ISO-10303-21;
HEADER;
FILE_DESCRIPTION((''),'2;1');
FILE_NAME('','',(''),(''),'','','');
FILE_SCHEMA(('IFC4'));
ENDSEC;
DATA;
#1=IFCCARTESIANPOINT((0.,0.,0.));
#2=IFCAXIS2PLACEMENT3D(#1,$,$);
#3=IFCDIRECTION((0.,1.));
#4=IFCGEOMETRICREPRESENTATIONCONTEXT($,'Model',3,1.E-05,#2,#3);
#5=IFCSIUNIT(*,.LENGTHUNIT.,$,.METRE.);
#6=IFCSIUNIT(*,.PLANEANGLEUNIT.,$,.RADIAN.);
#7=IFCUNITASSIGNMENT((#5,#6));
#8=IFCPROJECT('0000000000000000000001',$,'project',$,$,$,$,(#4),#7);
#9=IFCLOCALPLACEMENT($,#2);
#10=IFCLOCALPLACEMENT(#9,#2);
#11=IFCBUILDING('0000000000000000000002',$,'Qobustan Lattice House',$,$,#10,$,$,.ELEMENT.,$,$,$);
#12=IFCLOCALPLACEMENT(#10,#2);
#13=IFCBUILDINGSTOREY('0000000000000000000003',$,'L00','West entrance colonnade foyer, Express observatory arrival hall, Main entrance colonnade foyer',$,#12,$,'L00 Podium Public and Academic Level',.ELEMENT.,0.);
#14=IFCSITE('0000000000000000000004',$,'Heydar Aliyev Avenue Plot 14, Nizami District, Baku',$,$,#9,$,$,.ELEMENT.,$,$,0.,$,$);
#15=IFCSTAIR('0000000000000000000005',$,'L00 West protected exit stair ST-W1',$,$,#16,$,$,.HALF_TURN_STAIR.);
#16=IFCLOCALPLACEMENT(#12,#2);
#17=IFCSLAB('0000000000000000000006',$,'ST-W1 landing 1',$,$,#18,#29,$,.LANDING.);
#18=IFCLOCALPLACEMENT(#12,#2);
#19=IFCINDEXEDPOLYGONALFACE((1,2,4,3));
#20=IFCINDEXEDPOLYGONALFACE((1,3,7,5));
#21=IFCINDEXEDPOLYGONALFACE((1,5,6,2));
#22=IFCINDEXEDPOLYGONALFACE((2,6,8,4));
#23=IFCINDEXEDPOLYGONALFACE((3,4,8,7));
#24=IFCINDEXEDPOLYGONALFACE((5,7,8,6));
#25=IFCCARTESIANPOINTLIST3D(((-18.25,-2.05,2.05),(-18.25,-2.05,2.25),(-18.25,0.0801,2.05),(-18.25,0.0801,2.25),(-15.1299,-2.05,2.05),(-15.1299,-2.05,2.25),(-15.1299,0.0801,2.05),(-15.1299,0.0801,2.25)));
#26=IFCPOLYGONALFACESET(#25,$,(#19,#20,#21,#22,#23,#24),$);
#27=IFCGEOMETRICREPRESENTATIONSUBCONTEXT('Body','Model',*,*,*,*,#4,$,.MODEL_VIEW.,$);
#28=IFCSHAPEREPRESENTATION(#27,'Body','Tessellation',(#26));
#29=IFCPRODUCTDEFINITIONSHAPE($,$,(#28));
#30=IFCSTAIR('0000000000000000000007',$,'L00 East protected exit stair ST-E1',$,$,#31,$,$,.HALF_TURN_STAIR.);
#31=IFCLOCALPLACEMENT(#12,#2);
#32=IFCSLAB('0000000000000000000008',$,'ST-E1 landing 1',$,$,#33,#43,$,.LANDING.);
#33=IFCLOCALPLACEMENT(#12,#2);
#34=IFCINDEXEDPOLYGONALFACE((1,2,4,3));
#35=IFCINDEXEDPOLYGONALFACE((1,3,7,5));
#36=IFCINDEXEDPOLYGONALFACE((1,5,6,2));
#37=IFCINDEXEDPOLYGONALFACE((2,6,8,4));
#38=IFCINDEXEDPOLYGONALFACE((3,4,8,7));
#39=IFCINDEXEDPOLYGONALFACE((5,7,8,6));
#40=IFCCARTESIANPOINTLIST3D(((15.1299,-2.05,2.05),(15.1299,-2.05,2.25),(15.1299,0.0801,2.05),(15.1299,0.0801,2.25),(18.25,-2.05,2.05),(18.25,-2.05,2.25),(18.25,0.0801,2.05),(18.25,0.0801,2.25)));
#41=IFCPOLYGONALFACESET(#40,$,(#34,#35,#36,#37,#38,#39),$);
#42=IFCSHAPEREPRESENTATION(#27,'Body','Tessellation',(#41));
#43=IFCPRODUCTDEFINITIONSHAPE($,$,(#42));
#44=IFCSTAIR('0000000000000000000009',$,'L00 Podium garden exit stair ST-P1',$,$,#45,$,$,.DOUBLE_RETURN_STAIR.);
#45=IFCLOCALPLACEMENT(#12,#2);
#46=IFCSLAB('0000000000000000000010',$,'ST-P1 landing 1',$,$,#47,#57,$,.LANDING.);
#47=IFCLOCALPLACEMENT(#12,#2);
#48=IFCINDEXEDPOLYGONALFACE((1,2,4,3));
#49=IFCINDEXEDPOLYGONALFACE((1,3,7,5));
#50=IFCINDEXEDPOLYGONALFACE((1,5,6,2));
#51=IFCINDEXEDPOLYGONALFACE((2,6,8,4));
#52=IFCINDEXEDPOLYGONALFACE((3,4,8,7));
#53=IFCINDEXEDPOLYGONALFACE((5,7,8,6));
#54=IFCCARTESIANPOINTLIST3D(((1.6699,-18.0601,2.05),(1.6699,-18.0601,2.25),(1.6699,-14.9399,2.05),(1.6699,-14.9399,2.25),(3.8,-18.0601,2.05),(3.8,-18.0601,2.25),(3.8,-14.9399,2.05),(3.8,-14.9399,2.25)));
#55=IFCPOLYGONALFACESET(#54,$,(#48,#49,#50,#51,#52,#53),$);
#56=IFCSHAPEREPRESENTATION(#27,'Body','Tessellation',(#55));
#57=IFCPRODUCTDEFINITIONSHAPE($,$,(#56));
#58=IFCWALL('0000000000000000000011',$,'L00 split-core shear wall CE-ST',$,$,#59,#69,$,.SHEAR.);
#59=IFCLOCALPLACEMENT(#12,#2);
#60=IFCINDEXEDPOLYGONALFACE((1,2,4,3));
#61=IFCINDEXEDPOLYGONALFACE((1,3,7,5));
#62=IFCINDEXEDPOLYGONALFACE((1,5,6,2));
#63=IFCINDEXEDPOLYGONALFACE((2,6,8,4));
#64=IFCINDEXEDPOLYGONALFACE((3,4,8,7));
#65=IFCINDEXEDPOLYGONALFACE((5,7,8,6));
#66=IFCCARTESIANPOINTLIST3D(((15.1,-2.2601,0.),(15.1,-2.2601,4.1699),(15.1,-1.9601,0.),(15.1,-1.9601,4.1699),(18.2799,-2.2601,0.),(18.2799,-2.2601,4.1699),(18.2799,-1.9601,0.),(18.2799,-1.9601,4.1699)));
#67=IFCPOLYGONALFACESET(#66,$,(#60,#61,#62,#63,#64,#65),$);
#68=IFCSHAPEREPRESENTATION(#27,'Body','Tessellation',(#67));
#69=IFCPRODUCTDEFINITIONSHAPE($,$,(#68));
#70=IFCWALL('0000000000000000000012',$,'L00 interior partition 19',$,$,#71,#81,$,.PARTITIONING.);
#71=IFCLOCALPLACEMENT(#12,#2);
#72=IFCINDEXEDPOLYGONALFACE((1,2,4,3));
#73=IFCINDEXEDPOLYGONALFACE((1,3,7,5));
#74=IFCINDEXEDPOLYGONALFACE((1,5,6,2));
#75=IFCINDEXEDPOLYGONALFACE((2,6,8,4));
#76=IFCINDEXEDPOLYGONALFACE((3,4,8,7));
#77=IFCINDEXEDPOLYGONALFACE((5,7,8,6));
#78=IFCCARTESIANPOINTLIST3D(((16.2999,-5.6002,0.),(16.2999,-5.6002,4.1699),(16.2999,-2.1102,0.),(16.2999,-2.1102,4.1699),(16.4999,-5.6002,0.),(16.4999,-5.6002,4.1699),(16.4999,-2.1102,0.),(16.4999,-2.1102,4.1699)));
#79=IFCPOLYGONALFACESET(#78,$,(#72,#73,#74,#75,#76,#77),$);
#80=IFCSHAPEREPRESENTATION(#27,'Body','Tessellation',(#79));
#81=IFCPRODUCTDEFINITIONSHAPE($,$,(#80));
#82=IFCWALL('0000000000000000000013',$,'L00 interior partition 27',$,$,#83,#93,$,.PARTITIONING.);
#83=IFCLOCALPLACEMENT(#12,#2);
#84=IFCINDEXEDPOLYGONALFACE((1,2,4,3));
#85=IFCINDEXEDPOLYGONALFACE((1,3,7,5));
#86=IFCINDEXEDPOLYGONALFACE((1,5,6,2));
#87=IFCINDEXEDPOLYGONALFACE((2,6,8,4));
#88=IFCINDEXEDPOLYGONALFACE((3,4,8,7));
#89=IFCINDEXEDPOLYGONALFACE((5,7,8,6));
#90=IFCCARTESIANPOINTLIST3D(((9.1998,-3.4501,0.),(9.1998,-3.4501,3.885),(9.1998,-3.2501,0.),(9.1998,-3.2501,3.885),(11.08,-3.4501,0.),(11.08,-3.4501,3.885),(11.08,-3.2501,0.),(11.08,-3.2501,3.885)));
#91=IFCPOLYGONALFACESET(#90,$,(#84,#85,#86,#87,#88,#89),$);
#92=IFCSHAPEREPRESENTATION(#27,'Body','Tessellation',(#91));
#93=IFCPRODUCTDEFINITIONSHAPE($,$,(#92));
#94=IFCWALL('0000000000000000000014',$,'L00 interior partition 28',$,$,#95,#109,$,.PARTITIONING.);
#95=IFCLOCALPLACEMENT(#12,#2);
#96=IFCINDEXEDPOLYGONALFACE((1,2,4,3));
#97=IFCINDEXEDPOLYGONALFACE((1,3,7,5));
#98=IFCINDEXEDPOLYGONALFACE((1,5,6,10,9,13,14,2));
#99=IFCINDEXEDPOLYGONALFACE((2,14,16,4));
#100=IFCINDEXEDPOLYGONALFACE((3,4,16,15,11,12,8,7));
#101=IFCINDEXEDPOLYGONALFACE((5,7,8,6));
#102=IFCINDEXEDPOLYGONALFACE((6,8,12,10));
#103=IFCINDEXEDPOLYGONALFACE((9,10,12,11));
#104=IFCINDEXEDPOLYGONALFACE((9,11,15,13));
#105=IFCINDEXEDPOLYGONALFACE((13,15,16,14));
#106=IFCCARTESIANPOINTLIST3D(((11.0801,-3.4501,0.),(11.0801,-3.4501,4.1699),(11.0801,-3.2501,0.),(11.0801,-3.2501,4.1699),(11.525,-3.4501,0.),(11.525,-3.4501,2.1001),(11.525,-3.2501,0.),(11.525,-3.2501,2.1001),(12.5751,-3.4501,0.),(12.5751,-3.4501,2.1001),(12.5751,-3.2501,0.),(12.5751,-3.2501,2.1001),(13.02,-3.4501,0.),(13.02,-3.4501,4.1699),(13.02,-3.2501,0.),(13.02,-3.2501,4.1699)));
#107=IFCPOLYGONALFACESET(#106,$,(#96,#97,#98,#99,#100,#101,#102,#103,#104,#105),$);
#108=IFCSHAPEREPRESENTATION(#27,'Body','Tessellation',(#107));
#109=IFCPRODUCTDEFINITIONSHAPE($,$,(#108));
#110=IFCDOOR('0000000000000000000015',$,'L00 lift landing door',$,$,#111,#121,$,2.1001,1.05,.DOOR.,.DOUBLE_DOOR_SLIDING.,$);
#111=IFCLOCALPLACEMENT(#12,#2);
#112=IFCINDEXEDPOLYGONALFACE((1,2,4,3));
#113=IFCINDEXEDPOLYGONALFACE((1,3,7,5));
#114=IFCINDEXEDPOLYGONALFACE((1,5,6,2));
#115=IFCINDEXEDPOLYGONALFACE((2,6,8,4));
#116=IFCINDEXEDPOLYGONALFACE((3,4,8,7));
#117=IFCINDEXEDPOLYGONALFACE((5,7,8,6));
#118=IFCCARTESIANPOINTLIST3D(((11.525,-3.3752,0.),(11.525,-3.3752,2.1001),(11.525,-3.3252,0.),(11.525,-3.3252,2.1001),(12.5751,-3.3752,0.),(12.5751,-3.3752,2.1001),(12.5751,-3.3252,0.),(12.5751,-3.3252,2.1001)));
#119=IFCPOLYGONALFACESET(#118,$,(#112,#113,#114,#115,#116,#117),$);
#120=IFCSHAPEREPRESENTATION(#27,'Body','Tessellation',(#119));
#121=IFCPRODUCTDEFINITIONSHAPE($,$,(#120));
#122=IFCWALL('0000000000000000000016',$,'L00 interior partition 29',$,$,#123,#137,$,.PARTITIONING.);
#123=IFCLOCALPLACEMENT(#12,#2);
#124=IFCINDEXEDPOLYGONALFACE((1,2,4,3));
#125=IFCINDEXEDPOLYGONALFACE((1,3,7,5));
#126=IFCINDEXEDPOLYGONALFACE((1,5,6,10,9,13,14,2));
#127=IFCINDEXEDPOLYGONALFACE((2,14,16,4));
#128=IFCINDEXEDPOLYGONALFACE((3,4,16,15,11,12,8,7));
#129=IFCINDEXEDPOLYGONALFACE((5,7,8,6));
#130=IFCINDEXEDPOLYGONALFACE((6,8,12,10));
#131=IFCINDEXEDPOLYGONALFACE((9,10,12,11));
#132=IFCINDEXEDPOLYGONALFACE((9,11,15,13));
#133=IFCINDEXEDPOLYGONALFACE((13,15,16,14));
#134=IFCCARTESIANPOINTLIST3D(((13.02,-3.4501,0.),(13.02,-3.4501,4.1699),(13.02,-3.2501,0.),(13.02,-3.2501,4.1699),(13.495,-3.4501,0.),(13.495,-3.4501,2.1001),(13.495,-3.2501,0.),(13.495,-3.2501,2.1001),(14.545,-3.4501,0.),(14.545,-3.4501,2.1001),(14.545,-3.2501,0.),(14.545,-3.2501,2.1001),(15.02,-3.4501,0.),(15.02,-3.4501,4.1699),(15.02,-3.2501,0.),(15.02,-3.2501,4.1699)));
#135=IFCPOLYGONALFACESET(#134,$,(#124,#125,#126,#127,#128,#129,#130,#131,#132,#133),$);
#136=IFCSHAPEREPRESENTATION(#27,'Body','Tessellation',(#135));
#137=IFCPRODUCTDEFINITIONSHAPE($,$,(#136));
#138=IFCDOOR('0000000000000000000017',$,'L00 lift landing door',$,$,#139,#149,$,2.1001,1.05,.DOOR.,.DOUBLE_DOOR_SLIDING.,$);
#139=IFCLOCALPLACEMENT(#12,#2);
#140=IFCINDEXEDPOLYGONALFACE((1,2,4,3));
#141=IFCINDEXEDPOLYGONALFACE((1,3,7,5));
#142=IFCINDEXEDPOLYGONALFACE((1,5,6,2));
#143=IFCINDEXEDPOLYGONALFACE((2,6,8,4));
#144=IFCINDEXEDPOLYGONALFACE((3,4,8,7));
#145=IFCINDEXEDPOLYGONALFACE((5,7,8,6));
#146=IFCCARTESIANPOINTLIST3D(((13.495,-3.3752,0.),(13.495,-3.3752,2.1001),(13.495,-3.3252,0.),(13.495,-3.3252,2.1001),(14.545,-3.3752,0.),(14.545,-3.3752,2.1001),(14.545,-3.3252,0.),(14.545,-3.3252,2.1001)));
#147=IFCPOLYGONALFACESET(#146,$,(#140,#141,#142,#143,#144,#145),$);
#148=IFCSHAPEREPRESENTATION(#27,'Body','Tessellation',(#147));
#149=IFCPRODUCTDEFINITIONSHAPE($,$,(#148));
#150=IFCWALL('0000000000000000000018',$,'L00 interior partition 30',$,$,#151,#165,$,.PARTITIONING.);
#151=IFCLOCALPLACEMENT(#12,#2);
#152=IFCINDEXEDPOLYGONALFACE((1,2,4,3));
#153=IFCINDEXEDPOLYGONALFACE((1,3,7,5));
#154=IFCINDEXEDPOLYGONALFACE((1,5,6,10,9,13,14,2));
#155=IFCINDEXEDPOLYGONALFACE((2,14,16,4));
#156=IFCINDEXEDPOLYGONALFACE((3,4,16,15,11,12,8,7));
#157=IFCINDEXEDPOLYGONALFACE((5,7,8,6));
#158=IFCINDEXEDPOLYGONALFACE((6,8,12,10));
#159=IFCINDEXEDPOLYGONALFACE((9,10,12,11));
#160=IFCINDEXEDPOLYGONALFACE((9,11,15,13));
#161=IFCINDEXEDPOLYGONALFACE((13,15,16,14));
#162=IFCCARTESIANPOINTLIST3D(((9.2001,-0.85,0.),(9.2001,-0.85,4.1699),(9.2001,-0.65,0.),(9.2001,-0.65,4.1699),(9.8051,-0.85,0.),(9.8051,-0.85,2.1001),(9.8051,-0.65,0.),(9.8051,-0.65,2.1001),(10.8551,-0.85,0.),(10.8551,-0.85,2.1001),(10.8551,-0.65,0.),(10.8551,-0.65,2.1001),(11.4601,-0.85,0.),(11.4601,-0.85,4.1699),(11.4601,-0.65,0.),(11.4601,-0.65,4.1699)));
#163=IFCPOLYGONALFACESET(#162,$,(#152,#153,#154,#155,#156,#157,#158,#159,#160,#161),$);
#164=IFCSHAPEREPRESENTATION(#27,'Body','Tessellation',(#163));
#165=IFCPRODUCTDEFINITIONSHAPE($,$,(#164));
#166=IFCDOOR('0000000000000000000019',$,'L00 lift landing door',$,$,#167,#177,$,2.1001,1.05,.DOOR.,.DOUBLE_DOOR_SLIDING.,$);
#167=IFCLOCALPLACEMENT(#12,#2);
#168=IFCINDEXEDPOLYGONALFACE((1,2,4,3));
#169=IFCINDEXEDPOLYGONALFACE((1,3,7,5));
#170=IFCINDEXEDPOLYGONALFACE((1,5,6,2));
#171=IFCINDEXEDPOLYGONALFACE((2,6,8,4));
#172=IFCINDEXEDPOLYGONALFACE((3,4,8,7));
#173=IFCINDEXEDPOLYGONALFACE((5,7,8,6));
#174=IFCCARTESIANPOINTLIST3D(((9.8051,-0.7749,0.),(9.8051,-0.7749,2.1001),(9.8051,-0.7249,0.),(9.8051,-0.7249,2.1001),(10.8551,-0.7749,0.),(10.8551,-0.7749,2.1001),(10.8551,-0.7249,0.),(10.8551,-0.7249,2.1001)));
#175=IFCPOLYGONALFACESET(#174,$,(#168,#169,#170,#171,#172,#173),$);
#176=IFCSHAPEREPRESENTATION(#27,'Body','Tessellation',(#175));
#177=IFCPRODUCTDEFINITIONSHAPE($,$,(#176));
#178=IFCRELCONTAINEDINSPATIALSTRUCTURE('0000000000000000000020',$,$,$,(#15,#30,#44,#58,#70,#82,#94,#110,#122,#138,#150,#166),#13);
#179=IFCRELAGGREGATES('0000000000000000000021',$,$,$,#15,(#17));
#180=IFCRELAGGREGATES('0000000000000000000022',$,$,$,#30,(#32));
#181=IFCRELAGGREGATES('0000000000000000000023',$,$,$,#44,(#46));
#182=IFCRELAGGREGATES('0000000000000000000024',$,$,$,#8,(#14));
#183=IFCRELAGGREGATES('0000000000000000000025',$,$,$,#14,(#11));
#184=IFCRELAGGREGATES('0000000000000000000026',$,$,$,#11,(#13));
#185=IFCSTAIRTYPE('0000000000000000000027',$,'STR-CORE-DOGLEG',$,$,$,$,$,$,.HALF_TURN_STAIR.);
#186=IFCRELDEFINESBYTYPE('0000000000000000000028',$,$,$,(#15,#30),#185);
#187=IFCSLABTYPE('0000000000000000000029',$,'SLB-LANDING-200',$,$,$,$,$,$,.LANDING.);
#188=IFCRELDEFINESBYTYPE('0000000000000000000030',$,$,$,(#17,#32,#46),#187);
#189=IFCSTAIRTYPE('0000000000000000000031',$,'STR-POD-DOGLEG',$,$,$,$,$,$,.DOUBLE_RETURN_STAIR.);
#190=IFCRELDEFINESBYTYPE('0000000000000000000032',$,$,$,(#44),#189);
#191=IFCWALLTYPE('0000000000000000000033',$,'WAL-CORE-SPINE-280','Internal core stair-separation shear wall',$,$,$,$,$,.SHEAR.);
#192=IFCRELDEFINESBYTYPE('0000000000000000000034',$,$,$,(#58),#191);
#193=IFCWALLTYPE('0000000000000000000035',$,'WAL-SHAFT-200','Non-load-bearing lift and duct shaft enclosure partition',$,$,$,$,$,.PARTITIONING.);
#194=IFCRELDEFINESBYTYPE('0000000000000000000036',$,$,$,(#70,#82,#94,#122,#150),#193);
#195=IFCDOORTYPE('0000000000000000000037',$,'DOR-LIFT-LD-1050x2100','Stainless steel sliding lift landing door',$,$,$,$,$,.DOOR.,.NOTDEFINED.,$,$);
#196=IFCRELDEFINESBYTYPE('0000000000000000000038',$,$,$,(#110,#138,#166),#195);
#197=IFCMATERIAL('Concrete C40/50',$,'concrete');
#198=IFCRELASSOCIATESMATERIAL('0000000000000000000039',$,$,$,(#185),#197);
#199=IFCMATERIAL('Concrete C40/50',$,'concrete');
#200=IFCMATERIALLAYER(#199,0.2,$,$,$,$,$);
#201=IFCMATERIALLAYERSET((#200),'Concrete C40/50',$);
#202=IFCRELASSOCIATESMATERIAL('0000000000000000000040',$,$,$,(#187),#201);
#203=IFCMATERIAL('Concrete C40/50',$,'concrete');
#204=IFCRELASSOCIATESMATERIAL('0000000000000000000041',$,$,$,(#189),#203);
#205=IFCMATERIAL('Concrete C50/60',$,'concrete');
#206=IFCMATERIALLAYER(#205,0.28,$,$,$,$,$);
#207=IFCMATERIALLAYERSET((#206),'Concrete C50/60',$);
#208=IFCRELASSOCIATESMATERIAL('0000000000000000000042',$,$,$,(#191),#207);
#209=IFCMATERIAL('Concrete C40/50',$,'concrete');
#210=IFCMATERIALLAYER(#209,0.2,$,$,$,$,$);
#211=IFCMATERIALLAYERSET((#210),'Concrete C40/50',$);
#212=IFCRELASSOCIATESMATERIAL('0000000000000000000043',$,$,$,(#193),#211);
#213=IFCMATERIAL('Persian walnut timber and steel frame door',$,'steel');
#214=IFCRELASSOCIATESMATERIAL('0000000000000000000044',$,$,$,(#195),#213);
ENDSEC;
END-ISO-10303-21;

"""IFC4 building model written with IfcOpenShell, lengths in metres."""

from ifc_helpers import new_model, si_unit, direction, frame, frame_2d, origin, place, context, subcontext, project, spatial, polyline, rectangle, outline, extrude, material, layer, layer_set, type_object, element, fill, aggregate, save


model = new_model("IFC4")

# Units and contexts
model_context = context("Model", 3, precision=1e-05, world=origin(), true_north=direction((0.0, 1.0)))
body_context = subcontext(model_context, "Body", "Model", "MODEL_VIEW")
ifc_project = project(units=[si_unit("LENGTHUNIT", "METRE"), si_unit("PLANEANGLEUNIT", "RADIAN")], contexts=[model_context])

# Site, building, storey
site_placement = place(None, origin())
site = spatial("IfcSite", under=ifc_project, at=site_placement, Name="Heydar Aliyev Avenue Plot 14, Nizami District, Baku", CompositionType="ELEMENT", RefElevation=0.0)
building_placement = place(site_placement, origin())
building = spatial("IfcBuilding", under=site, at=building_placement, Name="Qobustan Lattice House", CompositionType="ELEMENT")
storey_placement = place(building_placement, origin())
storey = spatial("IfcBuildingStorey", under=building, at=storey_placement, Name="L00", Description="West entrance colonnade foyer, Express observatory arrival hall, Main entrance colonnade foyer", LongName="L00 Podium Public and Academic Level", CompositionType="ELEMENT", Elevation=0.0)

# Stairs, slabs
ifc_material_1 = material(Name="Concrete C40/50", Category="concrete")
stair_type_1 = type_object("IfcStairType", Name="STR-CORE-DOGLEG", PredefinedType="HALF_TURN_STAIR", material=ifc_material_1)
stair_1_placement = place(storey_placement, origin())
stair_1 = element("IfcStair", 1, at=stair_1_placement, inside=storey, type_object=stair_type_1, Name="L00 West protected exit stair ST-W1", PredefinedType="HALF_TURN_STAIR")
ifc_material_2 = material(Name="Concrete C40/50", Category="concrete")
ifc_layer_1 = layer(ifc_material_2, 0.2)
ifc_layer_set_1 = layer_set([ifc_layer_1], Name="Concrete C40/50")
slab_type = type_object("IfcSlabType", Name="SLB-LANDING-200", PredefinedType="LANDING", material=ifc_layer_set_1)
slab_1_placement = place(storey_placement, frame((0.0, 0.0, 2.05)))
slab_1 = element("IfcSlab", 2, at=slab_1_placement, type_object=slab_type, Name="ST-W1 landing 1", PredefinedType="LANDING", context=body_context, shape_type="SweptSolid", body=[
    extrude(outline(polyline([(-18.25, 0.0801), (-18.25, -2.05), (-15.1299, -2.05), (-15.1299, 0.0801), (-18.25, 0.0801)])), origin(), (0.0, 0.0, 1.0), 0.2),
])
aggregate(stair_1, [slab_1])
stair_2_placement = place(storey_placement, origin())
stair_2 = element("IfcStair", 3, at=stair_2_placement, inside=storey, type_object=stair_type_1, Name="L00 East protected exit stair ST-E1", PredefinedType="HALF_TURN_STAIR")
slab_2_placement = place(storey_placement, frame((0.0, 0.0, 2.05)))
slab_2 = element("IfcSlab", 4, at=slab_2_placement, type_object=slab_type, Name="ST-E1 landing 1", PredefinedType="LANDING", context=body_context, shape_type="SweptSolid", body=[
    extrude(outline(polyline([(15.1299, 0.0801), (15.1299, -2.05), (18.25, -2.05), (18.25, 0.0801), (15.1299, 0.0801)])), origin(), (0.0, 0.0, 1.0), 0.2),
])
aggregate(stair_2, [slab_2])
ifc_material_3 = material(Name="Concrete C40/50", Category="concrete")
stair_type_2 = type_object("IfcStairType", Name="STR-POD-DOGLEG", PredefinedType="DOUBLE_RETURN_STAIR", material=ifc_material_3)
stair_3_placement = place(storey_placement, origin())
stair_3 = element("IfcStair", 5, at=stair_3_placement, inside=storey, type_object=stair_type_2, Name="L00 Podium garden exit stair ST-P1", PredefinedType="DOUBLE_RETURN_STAIR")
slab_3_placement = place(storey_placement, frame((0.0, 0.0, 2.05)))
slab_3 = element("IfcSlab", 6, at=slab_3_placement, type_object=slab_type, Name="ST-P1 landing 1", PredefinedType="LANDING", context=body_context, shape_type="SweptSolid", body=[
    extrude(outline(polyline([(1.6699, -18.0601), (3.8, -18.0601), (3.8, -14.9399), (1.6699, -14.9399), (1.6699, -18.0601)])), origin(), (0.0, 0.0, 1.0), 0.2),
])
aggregate(stair_3, [slab_3])

# Walls
ifc_material_4 = material(Name="Concrete C50/60", Category="concrete")
ifc_layer_2 = layer(ifc_material_4, 0.28)
ifc_layer_set_2 = layer_set([ifc_layer_2], Name="Concrete C50/60")
wall_type_1 = type_object("IfcWallType", Name="WAL-CORE-SPINE-280", Description="Internal core stair-separation shear wall", PredefinedType="SHEAR", material=ifc_layer_set_2)
wall_1_placement = place(storey_placement, frame((15.1001, -2.1101, 0.0), z_axis=(0.0, 0.0, 1.0), x_axis=(1.0, 0.0, 0.0)))
element("IfcWall", 7, at=wall_1_placement, inside=storey, type_object=wall_type_1, Name="L00 split-core shear wall CE-ST", PredefinedType="SHEAR", context=body_context, shape_type="SweptSolid", body=[
    extrude(rectangle(XDim=3.1799, YDim=0.3, at=frame_2d((1.5898, 0.0))), origin(), (0.0, 0.0, 1.0), 4.1699),
])
ifc_material_5 = material(Name="Concrete C40/50", Category="concrete")
ifc_layer_3 = layer(ifc_material_5, 0.2)
ifc_layer_set_3 = layer_set([ifc_layer_3], Name="Concrete C40/50")
wall_type_2 = type_object("IfcWallType", Name="WAL-SHAFT-200", Description="Non-load-bearing lift and duct shaft enclosure partition", PredefinedType="PARTITIONING", material=ifc_layer_set_3)
wall_2_placement = place(storey_placement, frame((16.3999, -2.1101, 0.0), z_axis=(0.0, 0.0, 1.0), x_axis=(0.0, -1.0, 0.0)))
element("IfcWall", 8, at=wall_2_placement, inside=storey, type_object=wall_type_2, Name="L00 interior partition 19", PredefinedType="PARTITIONING", context=body_context, shape_type="SweptSolid", body=[
    extrude(rectangle(XDim=3.49, YDim=0.2, at=frame_2d((1.7451, 0.0))), origin(), (0.0, 0.0, 1.0), 4.1699),
])
wall_3_placement = place(storey_placement, frame((9.2, -3.3501, 0.0), z_axis=(0.0, 0.0, 1.0), x_axis=(1.0, 0.0, 0.0)))
element("IfcWall", 9, at=wall_3_placement, inside=storey, type_object=wall_type_2, Name="L00 interior partition 27", PredefinedType="PARTITIONING", context=body_context, shape_type="SweptSolid", body=[
    extrude(rectangle(XDim=1.8801, YDim=0.2, at=frame_2d((0.9399, 0.0))), origin(), (0.0, 0.0, 1.0), 3.885),
])

# Walls, openings, doors
wall_4_placement = place(storey_placement, frame((11.0801, -3.3501, 0.0), z_axis=(0.0, 0.0, 1.0), x_axis=(1.0, 0.0, 0.0)))
wall_4 = element("IfcWall", 10, at=wall_4_placement, inside=storey, type_object=wall_type_2, Name="L00 interior partition 28", PredefinedType="PARTITIONING", context=body_context, shape_type="SweptSolid", body=[
    extrude(rectangle(XDim=1.9399, YDim=0.2, at=frame_2d((0.97, 0.0))), origin(), (0.0, 0.0, 1.0), 4.1699),
])
opening_1_placement = place(wall_4_placement, frame((0.4451, 0.0, 0.0)))
opening_1 = element("IfcOpeningElement", 11, at=opening_1_placement, cuts=wall_4, PredefinedType="OPENING", context=body_context, shape_type="SweptSolid", body=[
    extrude(rectangle(XDim=1.05, YDim=2.1001, at=frame_2d((0.5249, 1.05))), frame((0.0, 0.1099, 0.0), z_axis=(0.0, -1.0, 0.0), x_axis=(1.0, 0.0, 0.0)), (0.0, 0.0, 1.0), 0.22),
])
ifc_material_6 = material(Name="Persian walnut timber and steel frame door", Category="steel")
door_type = type_object("IfcDoorType", Name="DOR-LIFT-LD-1050x2100", Description="Stainless steel sliding lift landing door", OperationType="NOTDEFINED", PredefinedType="DOOR", material=ifc_material_6)
door_1_placement = place(opening_1_placement, origin())
door_1 = element("IfcDoor", 12, at=door_1_placement, inside=storey, type_object=door_type, Name="L00 lift landing door", OperationType="DOUBLE_DOOR_SLIDING", OverallHeight=2.1001, OverallWidth=1.05, PredefinedType="DOOR", context=body_context, shape_type="SweptSolid", body=[
    extrude(rectangle(XDim=1.05, YDim=2.1001, at=frame_2d((0.5249, 1.05))), frame((0.0, 0.0249, 0.0), z_axis=(0.0, -1.0, 0.0), x_axis=(1.0, 0.0, 0.0)), (0.0, 0.0, 1.0), 0.05),
])
fill(opening_1, door_1)
wall_5_placement = place(storey_placement, frame((13.02, -3.3501, 0.0), z_axis=(0.0, 0.0, 1.0), x_axis=(1.0, 0.0, 0.0)))
wall_5 = element("IfcWall", 13, at=wall_5_placement, inside=storey, type_object=wall_type_2, Name="L00 interior partition 29", PredefinedType="PARTITIONING", context=body_context, shape_type="SweptSolid", body=[
    extrude(rectangle(XDim=2.0, YDim=0.2, at=frame_2d((1.0, 0.0))), origin(), (0.0, 0.0, 1.0), 4.1699),
])
opening_2_placement = place(wall_5_placement, frame((0.4751, 0.0, 0.0)))
opening_2 = element("IfcOpeningElement", 14, at=opening_2_placement, cuts=wall_5, PredefinedType="OPENING", context=body_context, shape_type="SweptSolid", body=[
    extrude(rectangle(XDim=1.05, YDim=2.1001, at=frame_2d((0.5249, 1.05))), frame((0.0, 0.1099, 0.0), z_axis=(0.0, -1.0, 0.0), x_axis=(1.0, 0.0, 0.0)), (0.0, 0.0, 1.0), 0.22),
])
door_2_placement = place(opening_2_placement, origin())
door_2 = element("IfcDoor", 15, at=door_2_placement, inside=storey, type_object=door_type, Name="L00 lift landing door", OperationType="DOUBLE_DOOR_SLIDING", OverallHeight=2.1001, OverallWidth=1.05, PredefinedType="DOOR", context=body_context, shape_type="SweptSolid", body=[
    extrude(rectangle(XDim=1.05, YDim=2.1001, at=frame_2d((0.5249, 1.05))), frame((0.0, 0.0249, 0.0), z_axis=(0.0, -1.0, 0.0), x_axis=(1.0, 0.0, 0.0)), (0.0, 0.0, 1.0), 0.05),
])
fill(opening_2, door_2)
wall_6_placement = place(storey_placement, frame((11.46, -0.75, 0.0), z_axis=(0.0, 0.0, 1.0), x_axis=(-1.0, 0.0, 0.0)))
wall_6 = element("IfcWall", 16, at=wall_6_placement, inside=storey, type_object=wall_type_2, Name="L00 interior partition 30", PredefinedType="PARTITIONING", context=body_context, shape_type="SweptSolid", body=[
    extrude(rectangle(XDim=2.26, YDim=0.2, at=frame_2d((1.1299, 0.0))), origin(), (0.0, 0.0, 1.0), 4.1699),
])
opening_3_placement = place(wall_6_placement, frame((0.605, 0.0, 0.0)))
opening_3 = element("IfcOpeningElement", 17, at=opening_3_placement, cuts=wall_6, PredefinedType="OPENING", context=body_context, shape_type="SweptSolid", body=[
    extrude(rectangle(XDim=1.05, YDim=2.1001, at=frame_2d((0.5249, 1.05))), frame((0.0, 0.1099, 0.0), z_axis=(0.0, -1.0, 0.0), x_axis=(1.0, 0.0, 0.0)), (0.0, 0.0, 1.0), 0.22),
])
door_3_placement = place(opening_3_placement, origin())
door_3 = element("IfcDoor", 18, at=door_3_placement, inside=storey, type_object=door_type, Name="L00 lift landing door", OperationType="DOUBLE_DOOR_SLIDING", OverallHeight=2.1001, OverallWidth=1.05, PredefinedType="DOOR", context=body_context, shape_type="SweptSolid", body=[
    extrude(rectangle(XDim=1.05, YDim=2.1001, at=frame_2d((0.5249, 1.05))), frame((0.0, 0.0249, 0.0), z_axis=(0.0, -1.0, 0.0), x_axis=(1.0, 0.0, 0.0)), (0.0, 0.0, 1.0), 0.05),
])
fill(opening_3, door_3)

save(model, "model.ifc")
